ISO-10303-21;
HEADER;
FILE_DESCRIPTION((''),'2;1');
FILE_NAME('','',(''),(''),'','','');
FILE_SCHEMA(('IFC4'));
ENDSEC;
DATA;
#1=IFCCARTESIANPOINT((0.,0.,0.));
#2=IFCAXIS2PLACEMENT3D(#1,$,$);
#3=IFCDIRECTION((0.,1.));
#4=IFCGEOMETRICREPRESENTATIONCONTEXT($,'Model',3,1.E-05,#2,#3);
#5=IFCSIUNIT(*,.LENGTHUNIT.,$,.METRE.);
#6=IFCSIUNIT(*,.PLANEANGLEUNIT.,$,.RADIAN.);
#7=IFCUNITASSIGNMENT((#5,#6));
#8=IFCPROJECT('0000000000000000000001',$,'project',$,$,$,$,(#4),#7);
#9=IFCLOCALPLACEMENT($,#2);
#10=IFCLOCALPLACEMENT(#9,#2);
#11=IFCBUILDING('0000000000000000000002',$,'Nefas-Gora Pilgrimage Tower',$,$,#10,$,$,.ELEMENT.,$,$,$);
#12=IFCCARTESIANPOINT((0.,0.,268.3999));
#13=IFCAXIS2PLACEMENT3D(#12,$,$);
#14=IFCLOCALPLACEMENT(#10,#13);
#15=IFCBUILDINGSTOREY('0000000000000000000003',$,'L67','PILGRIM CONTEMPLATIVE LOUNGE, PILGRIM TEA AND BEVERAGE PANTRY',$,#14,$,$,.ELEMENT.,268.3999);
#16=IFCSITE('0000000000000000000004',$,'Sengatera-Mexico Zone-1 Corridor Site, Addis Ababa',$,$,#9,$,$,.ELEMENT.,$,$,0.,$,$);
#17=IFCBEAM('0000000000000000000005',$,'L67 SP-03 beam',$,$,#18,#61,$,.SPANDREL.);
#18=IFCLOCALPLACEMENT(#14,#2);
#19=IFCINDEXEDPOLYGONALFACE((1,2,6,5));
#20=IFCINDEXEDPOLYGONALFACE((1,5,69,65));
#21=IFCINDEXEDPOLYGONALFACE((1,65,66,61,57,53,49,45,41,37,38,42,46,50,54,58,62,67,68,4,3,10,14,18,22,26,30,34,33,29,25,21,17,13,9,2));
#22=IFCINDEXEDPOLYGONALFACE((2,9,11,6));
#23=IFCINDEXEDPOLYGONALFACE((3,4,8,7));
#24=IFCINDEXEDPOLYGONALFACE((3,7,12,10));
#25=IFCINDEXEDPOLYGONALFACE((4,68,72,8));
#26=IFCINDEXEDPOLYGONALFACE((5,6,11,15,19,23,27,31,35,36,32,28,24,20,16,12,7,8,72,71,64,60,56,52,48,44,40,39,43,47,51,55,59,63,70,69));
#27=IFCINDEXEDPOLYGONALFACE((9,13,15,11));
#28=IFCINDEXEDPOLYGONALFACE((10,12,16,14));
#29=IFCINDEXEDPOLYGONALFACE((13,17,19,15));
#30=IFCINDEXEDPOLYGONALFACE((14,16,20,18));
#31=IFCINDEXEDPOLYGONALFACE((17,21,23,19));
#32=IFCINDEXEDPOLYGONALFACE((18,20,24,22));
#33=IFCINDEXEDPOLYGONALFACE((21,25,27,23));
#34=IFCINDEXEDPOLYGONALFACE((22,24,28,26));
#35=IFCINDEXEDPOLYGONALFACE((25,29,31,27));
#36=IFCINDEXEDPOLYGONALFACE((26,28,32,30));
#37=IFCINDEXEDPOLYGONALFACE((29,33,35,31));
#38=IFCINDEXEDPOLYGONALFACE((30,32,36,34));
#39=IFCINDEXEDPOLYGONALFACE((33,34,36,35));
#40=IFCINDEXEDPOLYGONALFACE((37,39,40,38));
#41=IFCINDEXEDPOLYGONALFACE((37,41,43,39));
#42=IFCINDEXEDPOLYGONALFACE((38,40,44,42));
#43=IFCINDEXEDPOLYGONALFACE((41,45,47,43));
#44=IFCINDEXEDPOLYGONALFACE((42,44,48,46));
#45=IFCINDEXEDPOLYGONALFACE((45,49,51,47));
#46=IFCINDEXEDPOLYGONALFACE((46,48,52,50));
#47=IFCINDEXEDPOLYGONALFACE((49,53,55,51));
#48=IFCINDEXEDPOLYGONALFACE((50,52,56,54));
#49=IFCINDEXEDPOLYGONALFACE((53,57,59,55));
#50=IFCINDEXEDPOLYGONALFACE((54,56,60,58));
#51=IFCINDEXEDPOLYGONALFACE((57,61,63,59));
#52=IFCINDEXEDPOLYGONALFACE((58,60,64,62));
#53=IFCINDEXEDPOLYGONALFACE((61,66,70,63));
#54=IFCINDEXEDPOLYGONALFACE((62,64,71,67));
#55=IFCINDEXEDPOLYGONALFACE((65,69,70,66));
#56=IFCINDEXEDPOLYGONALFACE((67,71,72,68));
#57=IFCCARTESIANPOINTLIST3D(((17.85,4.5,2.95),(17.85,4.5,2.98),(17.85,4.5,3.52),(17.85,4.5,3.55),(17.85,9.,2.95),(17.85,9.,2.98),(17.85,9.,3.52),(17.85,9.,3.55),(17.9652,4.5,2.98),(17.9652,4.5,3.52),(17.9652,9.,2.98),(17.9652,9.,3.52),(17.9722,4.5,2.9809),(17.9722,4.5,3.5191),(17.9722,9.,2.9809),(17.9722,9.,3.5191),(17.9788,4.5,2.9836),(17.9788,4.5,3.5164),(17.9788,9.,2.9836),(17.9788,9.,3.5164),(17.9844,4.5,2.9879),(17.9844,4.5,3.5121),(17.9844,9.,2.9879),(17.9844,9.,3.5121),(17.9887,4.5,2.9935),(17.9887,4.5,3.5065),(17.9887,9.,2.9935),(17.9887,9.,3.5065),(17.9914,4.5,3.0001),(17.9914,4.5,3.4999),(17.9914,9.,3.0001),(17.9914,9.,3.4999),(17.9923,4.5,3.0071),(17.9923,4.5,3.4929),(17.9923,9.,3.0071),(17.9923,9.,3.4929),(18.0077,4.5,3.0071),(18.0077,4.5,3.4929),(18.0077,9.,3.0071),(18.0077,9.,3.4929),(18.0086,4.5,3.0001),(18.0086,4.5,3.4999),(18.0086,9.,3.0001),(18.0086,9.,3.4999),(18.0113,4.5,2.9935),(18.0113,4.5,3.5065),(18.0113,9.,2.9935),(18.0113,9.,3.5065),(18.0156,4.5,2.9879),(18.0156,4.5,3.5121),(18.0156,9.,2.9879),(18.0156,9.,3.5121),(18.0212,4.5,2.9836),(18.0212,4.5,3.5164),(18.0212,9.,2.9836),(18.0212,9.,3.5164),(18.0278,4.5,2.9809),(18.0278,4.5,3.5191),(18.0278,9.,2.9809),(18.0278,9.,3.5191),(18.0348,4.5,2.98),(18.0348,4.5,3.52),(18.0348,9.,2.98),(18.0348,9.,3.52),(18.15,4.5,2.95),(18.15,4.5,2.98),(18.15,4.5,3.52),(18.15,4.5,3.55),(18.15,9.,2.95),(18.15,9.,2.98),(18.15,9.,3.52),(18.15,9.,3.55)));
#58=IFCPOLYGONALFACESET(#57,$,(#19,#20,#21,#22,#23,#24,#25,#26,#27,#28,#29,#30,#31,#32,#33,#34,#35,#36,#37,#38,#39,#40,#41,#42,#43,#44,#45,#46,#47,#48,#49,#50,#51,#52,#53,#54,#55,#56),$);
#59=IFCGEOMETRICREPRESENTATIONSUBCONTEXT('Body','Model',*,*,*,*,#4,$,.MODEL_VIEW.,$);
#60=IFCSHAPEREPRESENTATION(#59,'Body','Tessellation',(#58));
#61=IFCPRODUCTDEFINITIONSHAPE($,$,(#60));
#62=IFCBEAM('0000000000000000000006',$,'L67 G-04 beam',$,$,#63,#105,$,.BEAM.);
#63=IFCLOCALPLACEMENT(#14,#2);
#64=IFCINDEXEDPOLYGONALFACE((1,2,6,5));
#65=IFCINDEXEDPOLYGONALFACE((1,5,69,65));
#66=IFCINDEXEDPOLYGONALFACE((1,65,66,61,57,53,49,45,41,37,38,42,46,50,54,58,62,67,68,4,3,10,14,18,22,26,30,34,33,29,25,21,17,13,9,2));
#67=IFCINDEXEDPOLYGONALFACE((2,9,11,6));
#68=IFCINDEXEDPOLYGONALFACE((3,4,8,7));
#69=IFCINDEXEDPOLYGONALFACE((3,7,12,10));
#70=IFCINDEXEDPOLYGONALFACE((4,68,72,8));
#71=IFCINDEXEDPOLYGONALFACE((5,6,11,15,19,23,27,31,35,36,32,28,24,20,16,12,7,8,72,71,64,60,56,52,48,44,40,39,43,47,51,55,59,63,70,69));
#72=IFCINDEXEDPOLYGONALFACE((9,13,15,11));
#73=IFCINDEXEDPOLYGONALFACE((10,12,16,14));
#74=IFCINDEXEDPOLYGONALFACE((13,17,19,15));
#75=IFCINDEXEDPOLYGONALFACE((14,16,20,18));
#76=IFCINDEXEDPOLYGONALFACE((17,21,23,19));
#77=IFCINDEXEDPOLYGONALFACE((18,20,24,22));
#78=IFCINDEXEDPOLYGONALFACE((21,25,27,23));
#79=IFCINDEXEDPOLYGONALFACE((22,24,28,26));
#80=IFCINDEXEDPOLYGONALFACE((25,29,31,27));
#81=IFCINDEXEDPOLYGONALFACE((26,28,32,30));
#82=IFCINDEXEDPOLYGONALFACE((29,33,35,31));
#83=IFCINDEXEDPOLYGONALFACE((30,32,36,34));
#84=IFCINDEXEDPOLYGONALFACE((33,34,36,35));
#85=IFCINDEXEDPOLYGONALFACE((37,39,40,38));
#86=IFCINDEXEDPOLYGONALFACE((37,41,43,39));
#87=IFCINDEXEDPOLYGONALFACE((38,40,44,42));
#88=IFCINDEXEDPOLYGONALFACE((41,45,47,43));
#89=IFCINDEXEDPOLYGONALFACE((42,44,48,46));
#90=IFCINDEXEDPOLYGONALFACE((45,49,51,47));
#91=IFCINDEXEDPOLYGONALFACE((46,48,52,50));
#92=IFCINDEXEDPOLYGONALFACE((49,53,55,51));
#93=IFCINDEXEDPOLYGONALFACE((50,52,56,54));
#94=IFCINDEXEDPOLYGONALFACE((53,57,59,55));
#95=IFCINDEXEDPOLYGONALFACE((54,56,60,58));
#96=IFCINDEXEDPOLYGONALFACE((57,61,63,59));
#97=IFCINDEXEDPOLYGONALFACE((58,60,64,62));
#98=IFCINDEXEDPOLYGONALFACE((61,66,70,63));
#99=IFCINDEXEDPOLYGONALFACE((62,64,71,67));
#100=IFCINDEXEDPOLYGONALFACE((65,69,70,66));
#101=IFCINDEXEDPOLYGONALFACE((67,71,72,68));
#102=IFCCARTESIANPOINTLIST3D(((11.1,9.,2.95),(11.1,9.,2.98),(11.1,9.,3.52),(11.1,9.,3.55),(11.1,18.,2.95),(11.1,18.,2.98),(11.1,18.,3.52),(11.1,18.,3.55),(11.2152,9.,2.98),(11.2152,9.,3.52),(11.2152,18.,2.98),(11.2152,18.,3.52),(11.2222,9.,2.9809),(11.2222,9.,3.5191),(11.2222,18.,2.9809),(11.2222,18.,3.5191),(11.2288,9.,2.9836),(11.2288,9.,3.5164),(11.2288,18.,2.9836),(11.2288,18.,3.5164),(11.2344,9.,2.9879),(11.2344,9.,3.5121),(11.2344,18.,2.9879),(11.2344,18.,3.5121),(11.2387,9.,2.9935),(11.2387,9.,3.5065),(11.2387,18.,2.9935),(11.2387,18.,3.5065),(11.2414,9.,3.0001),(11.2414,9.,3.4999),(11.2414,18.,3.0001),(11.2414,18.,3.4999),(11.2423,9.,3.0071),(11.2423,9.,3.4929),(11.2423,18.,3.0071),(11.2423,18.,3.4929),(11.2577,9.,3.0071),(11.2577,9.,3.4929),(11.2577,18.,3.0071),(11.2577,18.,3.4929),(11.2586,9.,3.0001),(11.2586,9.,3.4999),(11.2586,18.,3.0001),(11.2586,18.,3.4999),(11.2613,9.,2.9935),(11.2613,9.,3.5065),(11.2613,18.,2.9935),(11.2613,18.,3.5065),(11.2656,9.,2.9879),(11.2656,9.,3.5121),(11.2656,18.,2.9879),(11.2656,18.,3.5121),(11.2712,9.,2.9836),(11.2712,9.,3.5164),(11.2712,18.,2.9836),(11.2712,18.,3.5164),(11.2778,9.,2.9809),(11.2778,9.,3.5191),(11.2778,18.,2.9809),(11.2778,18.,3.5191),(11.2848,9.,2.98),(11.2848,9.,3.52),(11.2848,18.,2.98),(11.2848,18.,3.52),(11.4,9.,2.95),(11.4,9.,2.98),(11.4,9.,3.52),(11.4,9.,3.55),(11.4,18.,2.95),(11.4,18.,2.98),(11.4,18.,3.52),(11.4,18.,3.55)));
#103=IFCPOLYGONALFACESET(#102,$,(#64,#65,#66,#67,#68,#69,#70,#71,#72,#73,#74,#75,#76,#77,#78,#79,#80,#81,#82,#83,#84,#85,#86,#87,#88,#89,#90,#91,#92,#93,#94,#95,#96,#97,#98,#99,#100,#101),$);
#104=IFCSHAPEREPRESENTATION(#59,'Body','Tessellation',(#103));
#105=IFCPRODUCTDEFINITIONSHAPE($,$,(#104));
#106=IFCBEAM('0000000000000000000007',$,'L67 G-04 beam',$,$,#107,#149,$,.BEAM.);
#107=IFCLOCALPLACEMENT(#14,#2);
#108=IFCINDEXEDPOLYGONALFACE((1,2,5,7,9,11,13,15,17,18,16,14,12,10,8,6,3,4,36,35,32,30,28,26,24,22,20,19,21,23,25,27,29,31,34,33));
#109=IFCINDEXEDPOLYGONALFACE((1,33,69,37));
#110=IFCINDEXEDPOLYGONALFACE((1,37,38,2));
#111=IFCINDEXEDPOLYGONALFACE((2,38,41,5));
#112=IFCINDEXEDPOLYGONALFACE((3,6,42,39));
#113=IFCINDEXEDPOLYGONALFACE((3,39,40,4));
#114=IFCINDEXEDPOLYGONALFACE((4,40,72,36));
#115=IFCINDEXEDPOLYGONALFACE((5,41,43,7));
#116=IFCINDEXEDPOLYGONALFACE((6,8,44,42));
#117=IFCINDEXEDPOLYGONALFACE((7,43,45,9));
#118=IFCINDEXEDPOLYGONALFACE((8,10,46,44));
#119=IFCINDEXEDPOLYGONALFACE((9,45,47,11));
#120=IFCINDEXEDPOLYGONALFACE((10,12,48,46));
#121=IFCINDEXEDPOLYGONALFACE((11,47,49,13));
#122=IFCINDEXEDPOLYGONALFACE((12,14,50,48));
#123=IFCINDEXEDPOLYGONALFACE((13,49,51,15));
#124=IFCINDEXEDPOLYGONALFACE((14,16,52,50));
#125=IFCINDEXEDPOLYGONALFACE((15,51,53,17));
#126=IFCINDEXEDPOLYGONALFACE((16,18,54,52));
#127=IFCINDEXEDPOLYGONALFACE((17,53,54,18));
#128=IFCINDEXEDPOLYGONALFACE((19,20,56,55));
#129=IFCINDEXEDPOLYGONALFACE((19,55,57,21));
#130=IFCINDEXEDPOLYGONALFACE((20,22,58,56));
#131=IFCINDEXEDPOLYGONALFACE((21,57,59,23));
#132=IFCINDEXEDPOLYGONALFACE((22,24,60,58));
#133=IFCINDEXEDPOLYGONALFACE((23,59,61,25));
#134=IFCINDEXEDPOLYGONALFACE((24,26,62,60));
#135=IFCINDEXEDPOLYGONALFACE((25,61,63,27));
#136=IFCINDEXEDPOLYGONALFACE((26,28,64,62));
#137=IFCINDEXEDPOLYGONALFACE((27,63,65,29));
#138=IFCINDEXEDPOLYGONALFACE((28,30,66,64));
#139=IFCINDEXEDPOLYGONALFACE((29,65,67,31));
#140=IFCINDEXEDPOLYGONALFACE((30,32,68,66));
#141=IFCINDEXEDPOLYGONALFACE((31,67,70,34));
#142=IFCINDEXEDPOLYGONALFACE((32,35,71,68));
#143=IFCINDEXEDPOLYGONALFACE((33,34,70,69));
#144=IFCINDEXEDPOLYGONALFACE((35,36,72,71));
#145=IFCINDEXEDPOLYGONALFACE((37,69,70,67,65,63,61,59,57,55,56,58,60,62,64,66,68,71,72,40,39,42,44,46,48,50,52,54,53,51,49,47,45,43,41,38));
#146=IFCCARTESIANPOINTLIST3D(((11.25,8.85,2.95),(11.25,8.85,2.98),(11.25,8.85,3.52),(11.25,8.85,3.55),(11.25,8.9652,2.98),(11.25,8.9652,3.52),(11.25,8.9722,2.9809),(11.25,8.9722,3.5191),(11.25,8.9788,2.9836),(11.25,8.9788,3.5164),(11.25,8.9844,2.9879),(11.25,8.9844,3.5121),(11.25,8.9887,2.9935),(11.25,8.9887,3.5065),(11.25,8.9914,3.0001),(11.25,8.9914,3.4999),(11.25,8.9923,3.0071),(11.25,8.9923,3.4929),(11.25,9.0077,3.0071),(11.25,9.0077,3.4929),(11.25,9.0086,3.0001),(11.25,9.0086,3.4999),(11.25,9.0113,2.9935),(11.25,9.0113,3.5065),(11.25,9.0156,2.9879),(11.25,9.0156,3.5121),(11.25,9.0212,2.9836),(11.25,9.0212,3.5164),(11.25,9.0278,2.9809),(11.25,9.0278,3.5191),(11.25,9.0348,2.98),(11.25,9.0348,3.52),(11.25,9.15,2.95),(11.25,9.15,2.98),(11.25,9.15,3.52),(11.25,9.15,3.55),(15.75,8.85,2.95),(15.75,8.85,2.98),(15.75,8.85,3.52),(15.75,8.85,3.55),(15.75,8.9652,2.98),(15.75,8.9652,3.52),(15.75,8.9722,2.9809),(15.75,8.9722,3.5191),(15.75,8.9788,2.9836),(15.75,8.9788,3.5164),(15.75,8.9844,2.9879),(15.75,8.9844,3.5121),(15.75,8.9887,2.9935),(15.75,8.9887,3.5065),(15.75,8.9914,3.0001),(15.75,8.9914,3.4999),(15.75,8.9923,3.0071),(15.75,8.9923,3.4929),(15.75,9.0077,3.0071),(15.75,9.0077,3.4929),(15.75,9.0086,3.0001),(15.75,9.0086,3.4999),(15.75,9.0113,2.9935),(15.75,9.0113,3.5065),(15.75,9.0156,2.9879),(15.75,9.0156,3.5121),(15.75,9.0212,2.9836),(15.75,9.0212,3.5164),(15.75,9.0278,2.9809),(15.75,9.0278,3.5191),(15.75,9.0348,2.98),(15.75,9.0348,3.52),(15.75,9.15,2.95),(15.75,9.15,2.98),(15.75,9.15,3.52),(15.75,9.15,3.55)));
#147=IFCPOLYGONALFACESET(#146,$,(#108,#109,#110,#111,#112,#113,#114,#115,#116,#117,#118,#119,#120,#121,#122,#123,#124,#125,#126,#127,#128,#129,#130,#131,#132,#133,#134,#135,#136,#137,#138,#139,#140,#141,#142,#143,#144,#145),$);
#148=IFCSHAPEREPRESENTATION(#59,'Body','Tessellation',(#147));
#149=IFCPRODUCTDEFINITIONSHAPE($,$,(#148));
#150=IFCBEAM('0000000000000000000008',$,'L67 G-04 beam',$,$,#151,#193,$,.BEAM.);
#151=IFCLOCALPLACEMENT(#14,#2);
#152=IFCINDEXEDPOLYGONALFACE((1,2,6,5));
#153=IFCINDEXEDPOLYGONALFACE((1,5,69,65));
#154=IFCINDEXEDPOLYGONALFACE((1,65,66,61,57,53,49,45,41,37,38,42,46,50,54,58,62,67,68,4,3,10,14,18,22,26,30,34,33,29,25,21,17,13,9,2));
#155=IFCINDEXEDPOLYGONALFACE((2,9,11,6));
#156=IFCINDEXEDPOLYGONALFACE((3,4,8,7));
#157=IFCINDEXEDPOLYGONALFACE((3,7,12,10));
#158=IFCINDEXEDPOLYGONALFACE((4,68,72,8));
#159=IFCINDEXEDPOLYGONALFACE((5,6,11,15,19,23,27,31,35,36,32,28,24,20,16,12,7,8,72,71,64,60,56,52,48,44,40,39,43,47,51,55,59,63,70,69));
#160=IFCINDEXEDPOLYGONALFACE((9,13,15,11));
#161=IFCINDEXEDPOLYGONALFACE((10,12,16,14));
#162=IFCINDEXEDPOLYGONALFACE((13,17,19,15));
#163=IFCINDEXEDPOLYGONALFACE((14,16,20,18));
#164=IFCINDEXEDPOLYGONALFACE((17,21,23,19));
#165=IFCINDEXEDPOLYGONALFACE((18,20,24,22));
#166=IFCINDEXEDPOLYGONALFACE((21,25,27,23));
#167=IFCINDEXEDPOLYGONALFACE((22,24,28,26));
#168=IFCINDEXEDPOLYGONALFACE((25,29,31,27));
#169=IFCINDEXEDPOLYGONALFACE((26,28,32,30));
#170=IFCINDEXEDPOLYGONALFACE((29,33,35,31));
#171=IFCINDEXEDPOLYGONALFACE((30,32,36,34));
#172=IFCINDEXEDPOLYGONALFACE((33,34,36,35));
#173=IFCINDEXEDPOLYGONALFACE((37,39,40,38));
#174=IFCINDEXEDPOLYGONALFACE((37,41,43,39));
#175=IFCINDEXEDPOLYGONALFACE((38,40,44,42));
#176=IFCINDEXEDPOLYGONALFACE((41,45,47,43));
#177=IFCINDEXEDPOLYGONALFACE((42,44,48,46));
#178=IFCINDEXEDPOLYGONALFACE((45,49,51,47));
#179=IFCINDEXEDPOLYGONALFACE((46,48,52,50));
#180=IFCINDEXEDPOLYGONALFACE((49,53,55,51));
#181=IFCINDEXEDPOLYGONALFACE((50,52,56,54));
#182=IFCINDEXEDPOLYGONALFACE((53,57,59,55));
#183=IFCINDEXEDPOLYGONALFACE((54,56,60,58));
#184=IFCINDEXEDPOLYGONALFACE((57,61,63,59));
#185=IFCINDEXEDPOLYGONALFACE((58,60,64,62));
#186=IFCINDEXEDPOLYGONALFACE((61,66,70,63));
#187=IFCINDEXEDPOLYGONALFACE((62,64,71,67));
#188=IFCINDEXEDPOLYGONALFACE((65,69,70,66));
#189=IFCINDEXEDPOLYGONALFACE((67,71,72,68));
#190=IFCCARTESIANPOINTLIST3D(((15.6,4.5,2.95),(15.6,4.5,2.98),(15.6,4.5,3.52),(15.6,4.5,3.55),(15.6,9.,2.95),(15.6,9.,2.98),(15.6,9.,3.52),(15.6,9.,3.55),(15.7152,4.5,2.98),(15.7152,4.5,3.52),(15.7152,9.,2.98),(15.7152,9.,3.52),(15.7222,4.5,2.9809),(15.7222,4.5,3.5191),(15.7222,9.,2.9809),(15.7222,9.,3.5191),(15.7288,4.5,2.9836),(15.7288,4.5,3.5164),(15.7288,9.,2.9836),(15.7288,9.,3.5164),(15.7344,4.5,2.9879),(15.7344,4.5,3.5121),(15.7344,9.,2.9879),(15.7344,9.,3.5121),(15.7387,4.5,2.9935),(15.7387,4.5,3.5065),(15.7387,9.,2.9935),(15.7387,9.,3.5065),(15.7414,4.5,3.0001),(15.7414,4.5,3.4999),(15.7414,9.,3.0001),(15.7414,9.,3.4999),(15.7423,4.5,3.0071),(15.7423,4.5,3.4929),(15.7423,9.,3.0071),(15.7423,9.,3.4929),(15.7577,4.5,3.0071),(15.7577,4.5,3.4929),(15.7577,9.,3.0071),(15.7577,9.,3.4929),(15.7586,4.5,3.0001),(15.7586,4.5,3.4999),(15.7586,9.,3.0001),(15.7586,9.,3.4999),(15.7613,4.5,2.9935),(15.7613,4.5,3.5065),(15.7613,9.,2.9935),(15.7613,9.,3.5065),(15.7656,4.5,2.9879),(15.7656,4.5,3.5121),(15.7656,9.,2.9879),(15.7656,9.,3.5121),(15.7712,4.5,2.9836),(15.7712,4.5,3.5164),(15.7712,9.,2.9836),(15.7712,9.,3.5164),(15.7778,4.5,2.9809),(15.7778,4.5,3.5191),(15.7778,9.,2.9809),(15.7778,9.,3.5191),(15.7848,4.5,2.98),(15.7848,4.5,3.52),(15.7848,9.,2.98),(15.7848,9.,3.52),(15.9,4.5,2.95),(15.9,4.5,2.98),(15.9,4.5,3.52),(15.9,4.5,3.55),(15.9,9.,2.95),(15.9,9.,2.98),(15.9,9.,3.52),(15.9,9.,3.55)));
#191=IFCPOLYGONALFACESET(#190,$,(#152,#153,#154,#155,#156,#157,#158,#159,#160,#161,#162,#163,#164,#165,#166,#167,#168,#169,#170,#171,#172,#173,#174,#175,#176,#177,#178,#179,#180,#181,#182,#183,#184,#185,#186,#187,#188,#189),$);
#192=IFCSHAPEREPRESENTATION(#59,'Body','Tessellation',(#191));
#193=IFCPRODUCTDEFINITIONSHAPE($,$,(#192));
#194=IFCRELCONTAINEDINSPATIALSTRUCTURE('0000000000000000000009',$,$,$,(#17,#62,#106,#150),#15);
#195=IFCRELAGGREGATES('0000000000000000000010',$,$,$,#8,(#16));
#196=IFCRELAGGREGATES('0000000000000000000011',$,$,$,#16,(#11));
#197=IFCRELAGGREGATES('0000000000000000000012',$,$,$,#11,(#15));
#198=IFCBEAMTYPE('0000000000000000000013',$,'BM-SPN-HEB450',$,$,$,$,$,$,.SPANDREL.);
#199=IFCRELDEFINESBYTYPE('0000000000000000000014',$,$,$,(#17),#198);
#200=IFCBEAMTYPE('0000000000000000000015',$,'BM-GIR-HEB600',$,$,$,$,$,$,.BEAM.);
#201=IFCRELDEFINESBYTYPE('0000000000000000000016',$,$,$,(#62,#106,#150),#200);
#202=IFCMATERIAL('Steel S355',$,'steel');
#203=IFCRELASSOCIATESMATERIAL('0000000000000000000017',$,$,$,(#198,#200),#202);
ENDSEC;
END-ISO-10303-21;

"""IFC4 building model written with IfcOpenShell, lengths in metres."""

from ifc_helpers import new_model, si_unit, direction, frame, origin, origin_2d, place, context, subcontext, project, spatial, i_section, extrude, source, transform, mapped, material, material_profile, profile_set, type_object, element, save


model = new_model("IFC4")

# Units and contexts
model_context = context("Model", 3, precision=1e-05, world=origin(), true_north=direction((0.0, 1.0)))
body_context = subcontext(model_context, "Body", "Model", "MODEL_VIEW")
ifc_project = project(units=[si_unit("LENGTHUNIT", "METRE"), si_unit("PLANEANGLEUNIT", "RADIAN")], contexts=[model_context])

# Site, building, storey
site_placement = place(None, origin())
site = spatial("IfcSite", under=ifc_project, at=site_placement, Name="Sengatera-Mexico Zone-1 Corridor Site, Addis Ababa", CompositionType="ELEMENT", RefElevation=0.0)
building_placement = place(site_placement, origin())
building = spatial("IfcBuilding", under=site, at=building_placement, Name="Nefas-Gora Pilgrimage Tower", CompositionType="ELEMENT")
storey_placement = place(building_placement, frame((0.0, 0.0, 268.3999)))
storey = spatial("IfcBuildingStorey", under=building, at=storey_placement, Name="L67", Description="PILGRIM CONTEMPLATIVE LOUNGE, PILGRIM TEA AND BEVERAGE PANTRY", CompositionType="ELEMENT", Elevation=268.3999)

# Shared definitions
ifc_material_1 = material(Name="Steel S355", Category="steel")

# Beams
ifc_material_profile_1 = material_profile(ifc_material_1, i_section(OverallWidth=0.3, OverallDepth=0.6001, WebThickness=0.0154, FlangeThickness=0.03, FilletRadius=0.0271, at=origin_2d()), Name="HEB 600")
ifc_profile_set_1 = profile_set([ifc_material_profile_1], Name="Steel S355")
beam_type_1 = type_object("IfcBeamType", Name="BM-SPN-HEB450", PredefinedType="SPANDREL", material=ifc_profile_set_1)
shared_shape_1 = source(origin(), body_context, "Body", "SweptSolid", [
    extrude(i_section(OverallWidth=0.3, OverallDepth=0.6001, WebThickness=0.0154, FlangeThickness=0.03, FilletRadius=0.0271, at=origin_2d()), origin(), (0.0, 0.0, 1.0), 4.5),
])
beam_1_placement = place(storey_placement, frame((18.0, 4.5, 3.25), z_axis=(0.0, 1.0, 0.0), x_axis=(-1.0, 0.0, 0.0)))
element("IfcBeam", 1, at=beam_1_placement, inside=storey, type_object=beam_type_1, Name="L67 SP-03 beam", PredefinedType="SPANDREL", context=body_context, shape_type="MappedRepresentation", body=[
    mapped(shared_shape_1, transform((0.0, 0.0, 0.0), x_axis=(1.0, 0.0, 0.0), y_axis=(0.0, 1.0, 0.0), z_axis=(0.0, 0.0, 1.0), scale=1.0)),
])
ifc_material_profile_2 = material_profile(ifc_material_1, i_section(OverallWidth=0.3, OverallDepth=0.6001, WebThickness=0.0154, FlangeThickness=0.03, FilletRadius=0.0271, at=origin_2d()), Name="HEB 600")
ifc_profile_set_2 = profile_set([ifc_material_profile_2], Name="Steel S355")
beam_type_2 = type_object("IfcBeamType", Name="BM-GIR-HEB600", PredefinedType="BEAM", material=ifc_profile_set_2)
shared_shape_2 = source(origin(), body_context, "Body", "SweptSolid", [
    extrude(i_section(OverallWidth=0.3, OverallDepth=0.6001, WebThickness=0.0154, FlangeThickness=0.03, FilletRadius=0.0271, at=origin_2d()), origin(), (0.0, 0.0, 1.0), 9.0),
])
beam_2_placement = place(storey_placement, frame((11.25, 9.0, 3.25), z_axis=(0.0, 1.0, 0.0), x_axis=(-1.0, 0.0, 0.0)))
element("IfcBeam", 2, at=beam_2_placement, inside=storey, type_object=beam_type_2, Name="L67 G-04 beam", PredefinedType="BEAM", context=body_context, shape_type="MappedRepresentation", body=[
    mapped(shared_shape_2, transform((0.0, 0.0, 0.0), x_axis=(1.0, 0.0, 0.0), y_axis=(0.0, 1.0, 0.0), z_axis=(0.0, 0.0, 1.0), scale=1.0)),
])
shared_shape_3 = source(origin(), body_context, "Body", "SweptSolid", [
    extrude(i_section(OverallWidth=0.3, OverallDepth=0.6001, WebThickness=0.0154, FlangeThickness=0.03, FilletRadius=0.0271, at=origin_2d()), origin(), (0.0, 0.0, 1.0), 4.5),
])
for number, where, z_axis, x_axis, name in (
    (3, (11.25, 9.0, 3.25), (1.0, 0.0, 0.0), (0.0, 1.0, 0.0), "L67 G-04 beam"),
    (4, (15.75, 4.5, 3.25), (0.0, 1.0, 0.0), (-1.0, 0.0, 0.0), "L67 G-04 beam"),
):
    element("IfcBeam", number, at=place(storey_placement, frame(where, z_axis=z_axis, x_axis=x_axis)), inside=storey, type_object=beam_type_2, Name=name, PredefinedType="BEAM", context=body_context, shape_type="MappedRepresentation", body=[
        mapped(shared_shape_3, transform((0.0, 0.0, 0.0), x_axis=(1.0, 0.0, 0.0), y_axis=(0.0, 1.0, 0.0), z_axis=(0.0, 0.0, 1.0), scale=1.0)),
    ])

save(model, "model.ifc")
